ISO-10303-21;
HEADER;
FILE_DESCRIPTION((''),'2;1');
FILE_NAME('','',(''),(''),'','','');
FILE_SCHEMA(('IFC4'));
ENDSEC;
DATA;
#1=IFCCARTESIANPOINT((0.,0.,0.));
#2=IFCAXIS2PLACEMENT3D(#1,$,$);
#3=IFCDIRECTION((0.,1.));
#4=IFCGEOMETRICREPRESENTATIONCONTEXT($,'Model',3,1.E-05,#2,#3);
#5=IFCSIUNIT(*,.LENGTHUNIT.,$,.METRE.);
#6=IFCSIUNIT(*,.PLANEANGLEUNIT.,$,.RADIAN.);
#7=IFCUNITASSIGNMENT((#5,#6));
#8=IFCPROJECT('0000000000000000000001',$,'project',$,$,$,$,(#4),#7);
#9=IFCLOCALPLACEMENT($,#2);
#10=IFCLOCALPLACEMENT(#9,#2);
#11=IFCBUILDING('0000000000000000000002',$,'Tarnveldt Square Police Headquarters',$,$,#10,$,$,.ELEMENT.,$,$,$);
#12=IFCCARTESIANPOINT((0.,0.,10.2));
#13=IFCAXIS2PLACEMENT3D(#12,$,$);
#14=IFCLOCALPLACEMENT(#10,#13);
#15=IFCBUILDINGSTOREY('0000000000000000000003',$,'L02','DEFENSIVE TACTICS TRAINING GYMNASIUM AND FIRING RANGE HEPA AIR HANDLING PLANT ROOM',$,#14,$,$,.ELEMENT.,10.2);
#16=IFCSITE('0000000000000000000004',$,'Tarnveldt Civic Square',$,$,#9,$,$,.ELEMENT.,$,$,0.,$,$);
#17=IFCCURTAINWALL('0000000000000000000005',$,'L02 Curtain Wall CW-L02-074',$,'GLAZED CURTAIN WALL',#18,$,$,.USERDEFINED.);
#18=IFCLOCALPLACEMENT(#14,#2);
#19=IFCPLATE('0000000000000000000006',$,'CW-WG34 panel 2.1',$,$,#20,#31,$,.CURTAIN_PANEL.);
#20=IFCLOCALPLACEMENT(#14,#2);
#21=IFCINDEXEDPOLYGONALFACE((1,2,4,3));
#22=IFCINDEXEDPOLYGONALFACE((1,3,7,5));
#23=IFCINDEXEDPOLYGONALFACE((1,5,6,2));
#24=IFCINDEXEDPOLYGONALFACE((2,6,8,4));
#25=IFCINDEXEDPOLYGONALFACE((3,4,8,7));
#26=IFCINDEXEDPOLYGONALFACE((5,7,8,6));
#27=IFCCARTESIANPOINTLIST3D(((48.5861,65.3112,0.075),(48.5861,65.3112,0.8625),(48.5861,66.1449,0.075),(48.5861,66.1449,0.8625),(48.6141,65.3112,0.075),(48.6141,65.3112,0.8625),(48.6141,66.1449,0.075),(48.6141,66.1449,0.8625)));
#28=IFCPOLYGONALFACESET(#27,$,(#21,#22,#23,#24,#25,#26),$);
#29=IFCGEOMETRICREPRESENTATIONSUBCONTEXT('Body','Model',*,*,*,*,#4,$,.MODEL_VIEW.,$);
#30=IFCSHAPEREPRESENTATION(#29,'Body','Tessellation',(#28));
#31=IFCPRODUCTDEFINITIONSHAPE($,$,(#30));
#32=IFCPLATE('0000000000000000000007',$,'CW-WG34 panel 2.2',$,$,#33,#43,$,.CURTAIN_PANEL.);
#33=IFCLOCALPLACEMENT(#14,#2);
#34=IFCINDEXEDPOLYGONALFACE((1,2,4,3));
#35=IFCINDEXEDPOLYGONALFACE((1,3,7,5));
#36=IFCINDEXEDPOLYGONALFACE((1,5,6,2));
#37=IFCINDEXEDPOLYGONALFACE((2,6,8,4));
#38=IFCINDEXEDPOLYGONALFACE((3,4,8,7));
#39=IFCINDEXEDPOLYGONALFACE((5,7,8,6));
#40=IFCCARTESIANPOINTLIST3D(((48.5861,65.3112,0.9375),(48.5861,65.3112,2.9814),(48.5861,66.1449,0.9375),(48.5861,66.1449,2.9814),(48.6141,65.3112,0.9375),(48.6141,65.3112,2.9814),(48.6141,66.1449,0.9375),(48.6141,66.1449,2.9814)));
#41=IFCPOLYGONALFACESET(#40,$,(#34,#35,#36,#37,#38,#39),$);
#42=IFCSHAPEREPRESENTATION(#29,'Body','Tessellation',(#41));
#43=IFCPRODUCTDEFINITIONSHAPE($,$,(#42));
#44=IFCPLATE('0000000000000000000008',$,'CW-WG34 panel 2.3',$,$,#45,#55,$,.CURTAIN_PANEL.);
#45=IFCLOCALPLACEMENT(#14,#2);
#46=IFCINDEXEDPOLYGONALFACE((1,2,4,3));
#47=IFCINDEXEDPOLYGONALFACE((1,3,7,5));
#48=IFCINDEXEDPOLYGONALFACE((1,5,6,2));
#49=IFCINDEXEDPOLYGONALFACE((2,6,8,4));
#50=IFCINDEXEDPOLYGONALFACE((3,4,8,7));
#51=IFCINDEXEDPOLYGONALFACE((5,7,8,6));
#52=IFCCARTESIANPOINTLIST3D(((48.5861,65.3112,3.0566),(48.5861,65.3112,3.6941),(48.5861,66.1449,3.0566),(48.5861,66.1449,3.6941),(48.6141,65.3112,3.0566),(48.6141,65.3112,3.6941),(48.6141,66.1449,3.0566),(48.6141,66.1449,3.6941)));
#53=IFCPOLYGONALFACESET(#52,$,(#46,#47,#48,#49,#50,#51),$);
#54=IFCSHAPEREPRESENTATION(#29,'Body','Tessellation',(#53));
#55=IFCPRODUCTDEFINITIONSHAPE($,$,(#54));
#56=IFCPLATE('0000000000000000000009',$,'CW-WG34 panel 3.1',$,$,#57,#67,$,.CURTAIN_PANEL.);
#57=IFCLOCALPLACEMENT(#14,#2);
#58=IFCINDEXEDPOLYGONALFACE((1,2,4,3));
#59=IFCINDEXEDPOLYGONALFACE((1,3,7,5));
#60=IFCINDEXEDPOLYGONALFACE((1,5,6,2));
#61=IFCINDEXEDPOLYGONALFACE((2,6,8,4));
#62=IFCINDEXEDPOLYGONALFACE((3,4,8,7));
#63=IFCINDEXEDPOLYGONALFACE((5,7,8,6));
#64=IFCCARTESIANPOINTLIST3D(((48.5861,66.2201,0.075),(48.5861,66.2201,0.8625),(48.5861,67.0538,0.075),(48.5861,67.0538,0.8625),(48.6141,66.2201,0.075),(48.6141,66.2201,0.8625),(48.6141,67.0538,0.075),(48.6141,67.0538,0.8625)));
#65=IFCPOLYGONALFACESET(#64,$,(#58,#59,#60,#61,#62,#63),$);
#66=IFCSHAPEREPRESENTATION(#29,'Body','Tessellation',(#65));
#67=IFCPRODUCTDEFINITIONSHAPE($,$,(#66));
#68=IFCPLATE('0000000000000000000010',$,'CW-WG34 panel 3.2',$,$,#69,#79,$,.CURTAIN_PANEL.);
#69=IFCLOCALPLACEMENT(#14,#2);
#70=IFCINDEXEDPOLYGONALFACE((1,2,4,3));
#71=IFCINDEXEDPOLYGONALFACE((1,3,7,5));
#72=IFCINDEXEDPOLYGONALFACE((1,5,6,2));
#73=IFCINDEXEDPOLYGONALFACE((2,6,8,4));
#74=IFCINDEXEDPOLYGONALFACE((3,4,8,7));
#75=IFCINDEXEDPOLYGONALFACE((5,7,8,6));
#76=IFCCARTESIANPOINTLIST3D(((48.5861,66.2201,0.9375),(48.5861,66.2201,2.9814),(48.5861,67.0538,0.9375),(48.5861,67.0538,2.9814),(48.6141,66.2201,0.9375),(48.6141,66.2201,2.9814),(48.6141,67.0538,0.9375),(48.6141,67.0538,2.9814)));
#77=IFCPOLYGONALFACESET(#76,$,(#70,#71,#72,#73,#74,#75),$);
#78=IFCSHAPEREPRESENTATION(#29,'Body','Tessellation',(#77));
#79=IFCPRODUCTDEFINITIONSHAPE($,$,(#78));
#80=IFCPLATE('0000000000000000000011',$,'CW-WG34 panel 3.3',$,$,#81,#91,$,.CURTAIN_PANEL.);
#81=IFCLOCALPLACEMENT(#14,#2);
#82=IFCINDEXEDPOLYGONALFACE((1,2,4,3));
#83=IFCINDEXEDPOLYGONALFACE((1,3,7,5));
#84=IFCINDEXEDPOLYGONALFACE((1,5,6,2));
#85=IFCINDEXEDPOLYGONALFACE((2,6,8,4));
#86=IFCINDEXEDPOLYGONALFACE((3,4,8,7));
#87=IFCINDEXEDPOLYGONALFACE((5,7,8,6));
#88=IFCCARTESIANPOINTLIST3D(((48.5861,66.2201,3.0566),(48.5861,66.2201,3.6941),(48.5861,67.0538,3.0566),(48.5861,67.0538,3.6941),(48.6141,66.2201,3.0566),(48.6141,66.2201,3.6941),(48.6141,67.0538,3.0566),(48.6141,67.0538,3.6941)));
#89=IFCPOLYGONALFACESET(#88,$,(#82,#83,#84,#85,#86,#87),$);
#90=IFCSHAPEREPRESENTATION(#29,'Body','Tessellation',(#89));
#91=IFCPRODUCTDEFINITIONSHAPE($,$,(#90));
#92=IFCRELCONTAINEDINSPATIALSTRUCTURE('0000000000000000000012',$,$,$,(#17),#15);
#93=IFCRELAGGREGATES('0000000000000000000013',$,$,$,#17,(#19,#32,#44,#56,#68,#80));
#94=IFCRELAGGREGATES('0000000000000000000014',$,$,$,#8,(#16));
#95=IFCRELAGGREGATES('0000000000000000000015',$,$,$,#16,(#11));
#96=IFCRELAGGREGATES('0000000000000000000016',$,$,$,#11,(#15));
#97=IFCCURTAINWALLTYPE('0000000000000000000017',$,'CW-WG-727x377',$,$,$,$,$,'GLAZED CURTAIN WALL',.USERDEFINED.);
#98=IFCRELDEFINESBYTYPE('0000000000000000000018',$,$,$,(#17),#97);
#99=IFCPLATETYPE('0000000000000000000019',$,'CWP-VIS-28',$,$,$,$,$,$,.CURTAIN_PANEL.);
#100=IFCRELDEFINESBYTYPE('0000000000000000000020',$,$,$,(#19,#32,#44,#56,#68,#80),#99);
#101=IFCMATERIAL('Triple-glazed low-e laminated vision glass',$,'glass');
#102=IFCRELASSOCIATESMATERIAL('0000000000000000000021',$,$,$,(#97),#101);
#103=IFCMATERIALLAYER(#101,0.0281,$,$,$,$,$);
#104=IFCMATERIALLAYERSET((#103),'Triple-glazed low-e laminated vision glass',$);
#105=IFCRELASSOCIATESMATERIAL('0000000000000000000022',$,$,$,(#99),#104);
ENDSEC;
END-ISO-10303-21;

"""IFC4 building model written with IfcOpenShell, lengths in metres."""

from ifc_helpers import new_model, si_unit, direction, frame, origin, origin_2d, place, context, subcontext, project, spatial, rectangle, extrude, material, layer, layer_set, type_object, element, aggregate, save


model = new_model("IFC4")

# Units and contexts
model_context = context("Model", 3, precision=1e-05, world=origin(), true_north=direction((0.0, 1.0)))
body_context = subcontext(model_context, "Body", "Model", "MODEL_VIEW")
ifc_project = project(units=[si_unit("LENGTHUNIT", "METRE"), si_unit("PLANEANGLEUNIT", "RADIAN")], contexts=[model_context])

# Site, building, storey
site_placement = place(None, origin())
site = spatial("IfcSite", under=ifc_project, at=site_placement, Name="Tarnveldt Civic Square", CompositionType="ELEMENT", RefElevation=0.0)
building_placement = place(site_placement, origin())
building = spatial("IfcBuilding", under=site, at=building_placement, Name="Tarnveldt Square Police Headquarters", CompositionType="ELEMENT")
storey_placement = place(building_placement, frame((0.0, 0.0, 10.2)))
storey = spatial("IfcBuildingStorey", under=building, at=storey_placement, Name="L02", Description="DEFENSIVE TACTICS TRAINING GYMNASIUM AND FIRING RANGE HEPA AIR HANDLING PLANT ROOM", CompositionType="ELEMENT", Elevation=10.2)

# Curtain wall, plates
ifc_material_1 = material(Name="Triple-glazed low-e laminated vision glass", Category="glass")
curtain_wall_type = type_object("IfcCurtainWallType", Name="CW-WG-727x377", ElementType="GLAZED CURTAIN WALL", PredefinedType="USERDEFINED", material=ifc_material_1)
curtain_wall_placement = place(storey_placement, origin())
curtain_wall = element("IfcCurtainWall", 1, at=curtain_wall_placement, inside=storey, type_object=curtain_wall_type, Name="L02 Curtain Wall CW-L02-074", ObjectType="GLAZED CURTAIN WALL", PredefinedType="USERDEFINED")
ifc_layer = layer(ifc_material_1, 0.0281)
ifc_layer_set = layer_set([ifc_layer], Name="Triple-glazed low-e laminated vision glass")
plate_type = type_object("IfcPlateType", Name="CWP-VIS-28", PredefinedType="CURTAIN_PANEL", material=ifc_layer_set)
plate_1_placement = place(storey_placement, frame((48.6001, 65.728, 0.075), z_axis=(0.0, 0.0, 1.0), x_axis=(0.0, 1.0, 0.0)))
plate_1 = element("IfcPlate", 2, at=plate_1_placement, type_object=plate_type, Name="CW-WG34 panel 2.1", PredefinedType="CURTAIN_PANEL", context=body_context, shape_type="SweptSolid", body=[
    extrude(rectangle(XDim=0.8337, YDim=0.0281, at=origin_2d()), origin(), (0.0, 0.0, 1.0), 0.7876),
])
plate_2_placement = place(storey_placement, frame((48.6001, 65.728, 0.9375), z_axis=(0.0, 0.0, 1.0), x_axis=(0.0, 1.0, 0.0)))
plate_2 = element("IfcPlate", 3, at=plate_2_placement, type_object=plate_type, Name="CW-WG34 panel 2.2", PredefinedType="CURTAIN_PANEL", context=body_context, shape_type="SweptSolid", body=[
    extrude(rectangle(XDim=0.8337, YDim=0.0281, at=origin_2d()), origin(), (0.0, 0.0, 1.0), 2.0439),
])
plate_3_placement = place(storey_placement, frame((48.6001, 65.728, 3.0566), z_axis=(0.0, 0.0, 1.0), x_axis=(0.0, 1.0, 0.0)))
plate_3 = element("IfcPlate", 4, at=plate_3_placement, type_object=plate_type, Name="CW-WG34 panel 2.3", PredefinedType="CURTAIN_PANEL", context=body_context, shape_type="SweptSolid", body=[
    extrude(rectangle(XDim=0.8337, YDim=0.0281, at=origin_2d()), origin(), (0.0, 0.0, 1.0), 0.6375),
])
plate_4_placement = place(storey_placement, frame((48.6001, 66.637, 0.075), z_axis=(0.0, 0.0, 1.0), x_axis=(0.0, 1.0, 0.0)))
plate_4 = element("IfcPlate", 5, at=plate_4_placement, type_object=plate_type, Name="CW-WG34 panel 3.1", PredefinedType="CURTAIN_PANEL", context=body_context, shape_type="SweptSolid", body=[
    extrude(rectangle(XDim=0.8337, YDim=0.0281, at=origin_2d()), origin(), (0.0, 0.0, 1.0), 0.7876),
])
plate_5_placement = place(storey_placement, frame((48.6001, 66.637, 0.9375), z_axis=(0.0, 0.0, 1.0), x_axis=(0.0, 1.0, 0.0)))
plate_5 = element("IfcPlate", 6, at=plate_5_placement, type_object=plate_type, Name="CW-WG34 panel 3.2", PredefinedType="CURTAIN_PANEL", context=body_context, shape_type="SweptSolid", body=[
    extrude(rectangle(XDim=0.8337, YDim=0.0281, at=origin_2d()), origin(), (0.0, 0.0, 1.0), 2.0439),
])
plate_6_placement = place(storey_placement, frame((48.6001, 66.637, 3.0566), z_axis=(0.0, 0.0, 1.0), x_axis=(0.0, 1.0, 0.0)))
plate_6 = element("IfcPlate", 7, at=plate_6_placement, type_object=plate_type, Name="CW-WG34 panel 3.3", PredefinedType="CURTAIN_PANEL", context=body_context, shape_type="SweptSolid", body=[
    extrude(rectangle(XDim=0.8337, YDim=0.0281, at=origin_2d()), origin(), (0.0, 0.0, 1.0), 0.6375),
])
aggregate(curtain_wall, [plate_1, plate_2, plate_3, plate_4, plate_5, plate_6])

save(model, "model.ifc")
